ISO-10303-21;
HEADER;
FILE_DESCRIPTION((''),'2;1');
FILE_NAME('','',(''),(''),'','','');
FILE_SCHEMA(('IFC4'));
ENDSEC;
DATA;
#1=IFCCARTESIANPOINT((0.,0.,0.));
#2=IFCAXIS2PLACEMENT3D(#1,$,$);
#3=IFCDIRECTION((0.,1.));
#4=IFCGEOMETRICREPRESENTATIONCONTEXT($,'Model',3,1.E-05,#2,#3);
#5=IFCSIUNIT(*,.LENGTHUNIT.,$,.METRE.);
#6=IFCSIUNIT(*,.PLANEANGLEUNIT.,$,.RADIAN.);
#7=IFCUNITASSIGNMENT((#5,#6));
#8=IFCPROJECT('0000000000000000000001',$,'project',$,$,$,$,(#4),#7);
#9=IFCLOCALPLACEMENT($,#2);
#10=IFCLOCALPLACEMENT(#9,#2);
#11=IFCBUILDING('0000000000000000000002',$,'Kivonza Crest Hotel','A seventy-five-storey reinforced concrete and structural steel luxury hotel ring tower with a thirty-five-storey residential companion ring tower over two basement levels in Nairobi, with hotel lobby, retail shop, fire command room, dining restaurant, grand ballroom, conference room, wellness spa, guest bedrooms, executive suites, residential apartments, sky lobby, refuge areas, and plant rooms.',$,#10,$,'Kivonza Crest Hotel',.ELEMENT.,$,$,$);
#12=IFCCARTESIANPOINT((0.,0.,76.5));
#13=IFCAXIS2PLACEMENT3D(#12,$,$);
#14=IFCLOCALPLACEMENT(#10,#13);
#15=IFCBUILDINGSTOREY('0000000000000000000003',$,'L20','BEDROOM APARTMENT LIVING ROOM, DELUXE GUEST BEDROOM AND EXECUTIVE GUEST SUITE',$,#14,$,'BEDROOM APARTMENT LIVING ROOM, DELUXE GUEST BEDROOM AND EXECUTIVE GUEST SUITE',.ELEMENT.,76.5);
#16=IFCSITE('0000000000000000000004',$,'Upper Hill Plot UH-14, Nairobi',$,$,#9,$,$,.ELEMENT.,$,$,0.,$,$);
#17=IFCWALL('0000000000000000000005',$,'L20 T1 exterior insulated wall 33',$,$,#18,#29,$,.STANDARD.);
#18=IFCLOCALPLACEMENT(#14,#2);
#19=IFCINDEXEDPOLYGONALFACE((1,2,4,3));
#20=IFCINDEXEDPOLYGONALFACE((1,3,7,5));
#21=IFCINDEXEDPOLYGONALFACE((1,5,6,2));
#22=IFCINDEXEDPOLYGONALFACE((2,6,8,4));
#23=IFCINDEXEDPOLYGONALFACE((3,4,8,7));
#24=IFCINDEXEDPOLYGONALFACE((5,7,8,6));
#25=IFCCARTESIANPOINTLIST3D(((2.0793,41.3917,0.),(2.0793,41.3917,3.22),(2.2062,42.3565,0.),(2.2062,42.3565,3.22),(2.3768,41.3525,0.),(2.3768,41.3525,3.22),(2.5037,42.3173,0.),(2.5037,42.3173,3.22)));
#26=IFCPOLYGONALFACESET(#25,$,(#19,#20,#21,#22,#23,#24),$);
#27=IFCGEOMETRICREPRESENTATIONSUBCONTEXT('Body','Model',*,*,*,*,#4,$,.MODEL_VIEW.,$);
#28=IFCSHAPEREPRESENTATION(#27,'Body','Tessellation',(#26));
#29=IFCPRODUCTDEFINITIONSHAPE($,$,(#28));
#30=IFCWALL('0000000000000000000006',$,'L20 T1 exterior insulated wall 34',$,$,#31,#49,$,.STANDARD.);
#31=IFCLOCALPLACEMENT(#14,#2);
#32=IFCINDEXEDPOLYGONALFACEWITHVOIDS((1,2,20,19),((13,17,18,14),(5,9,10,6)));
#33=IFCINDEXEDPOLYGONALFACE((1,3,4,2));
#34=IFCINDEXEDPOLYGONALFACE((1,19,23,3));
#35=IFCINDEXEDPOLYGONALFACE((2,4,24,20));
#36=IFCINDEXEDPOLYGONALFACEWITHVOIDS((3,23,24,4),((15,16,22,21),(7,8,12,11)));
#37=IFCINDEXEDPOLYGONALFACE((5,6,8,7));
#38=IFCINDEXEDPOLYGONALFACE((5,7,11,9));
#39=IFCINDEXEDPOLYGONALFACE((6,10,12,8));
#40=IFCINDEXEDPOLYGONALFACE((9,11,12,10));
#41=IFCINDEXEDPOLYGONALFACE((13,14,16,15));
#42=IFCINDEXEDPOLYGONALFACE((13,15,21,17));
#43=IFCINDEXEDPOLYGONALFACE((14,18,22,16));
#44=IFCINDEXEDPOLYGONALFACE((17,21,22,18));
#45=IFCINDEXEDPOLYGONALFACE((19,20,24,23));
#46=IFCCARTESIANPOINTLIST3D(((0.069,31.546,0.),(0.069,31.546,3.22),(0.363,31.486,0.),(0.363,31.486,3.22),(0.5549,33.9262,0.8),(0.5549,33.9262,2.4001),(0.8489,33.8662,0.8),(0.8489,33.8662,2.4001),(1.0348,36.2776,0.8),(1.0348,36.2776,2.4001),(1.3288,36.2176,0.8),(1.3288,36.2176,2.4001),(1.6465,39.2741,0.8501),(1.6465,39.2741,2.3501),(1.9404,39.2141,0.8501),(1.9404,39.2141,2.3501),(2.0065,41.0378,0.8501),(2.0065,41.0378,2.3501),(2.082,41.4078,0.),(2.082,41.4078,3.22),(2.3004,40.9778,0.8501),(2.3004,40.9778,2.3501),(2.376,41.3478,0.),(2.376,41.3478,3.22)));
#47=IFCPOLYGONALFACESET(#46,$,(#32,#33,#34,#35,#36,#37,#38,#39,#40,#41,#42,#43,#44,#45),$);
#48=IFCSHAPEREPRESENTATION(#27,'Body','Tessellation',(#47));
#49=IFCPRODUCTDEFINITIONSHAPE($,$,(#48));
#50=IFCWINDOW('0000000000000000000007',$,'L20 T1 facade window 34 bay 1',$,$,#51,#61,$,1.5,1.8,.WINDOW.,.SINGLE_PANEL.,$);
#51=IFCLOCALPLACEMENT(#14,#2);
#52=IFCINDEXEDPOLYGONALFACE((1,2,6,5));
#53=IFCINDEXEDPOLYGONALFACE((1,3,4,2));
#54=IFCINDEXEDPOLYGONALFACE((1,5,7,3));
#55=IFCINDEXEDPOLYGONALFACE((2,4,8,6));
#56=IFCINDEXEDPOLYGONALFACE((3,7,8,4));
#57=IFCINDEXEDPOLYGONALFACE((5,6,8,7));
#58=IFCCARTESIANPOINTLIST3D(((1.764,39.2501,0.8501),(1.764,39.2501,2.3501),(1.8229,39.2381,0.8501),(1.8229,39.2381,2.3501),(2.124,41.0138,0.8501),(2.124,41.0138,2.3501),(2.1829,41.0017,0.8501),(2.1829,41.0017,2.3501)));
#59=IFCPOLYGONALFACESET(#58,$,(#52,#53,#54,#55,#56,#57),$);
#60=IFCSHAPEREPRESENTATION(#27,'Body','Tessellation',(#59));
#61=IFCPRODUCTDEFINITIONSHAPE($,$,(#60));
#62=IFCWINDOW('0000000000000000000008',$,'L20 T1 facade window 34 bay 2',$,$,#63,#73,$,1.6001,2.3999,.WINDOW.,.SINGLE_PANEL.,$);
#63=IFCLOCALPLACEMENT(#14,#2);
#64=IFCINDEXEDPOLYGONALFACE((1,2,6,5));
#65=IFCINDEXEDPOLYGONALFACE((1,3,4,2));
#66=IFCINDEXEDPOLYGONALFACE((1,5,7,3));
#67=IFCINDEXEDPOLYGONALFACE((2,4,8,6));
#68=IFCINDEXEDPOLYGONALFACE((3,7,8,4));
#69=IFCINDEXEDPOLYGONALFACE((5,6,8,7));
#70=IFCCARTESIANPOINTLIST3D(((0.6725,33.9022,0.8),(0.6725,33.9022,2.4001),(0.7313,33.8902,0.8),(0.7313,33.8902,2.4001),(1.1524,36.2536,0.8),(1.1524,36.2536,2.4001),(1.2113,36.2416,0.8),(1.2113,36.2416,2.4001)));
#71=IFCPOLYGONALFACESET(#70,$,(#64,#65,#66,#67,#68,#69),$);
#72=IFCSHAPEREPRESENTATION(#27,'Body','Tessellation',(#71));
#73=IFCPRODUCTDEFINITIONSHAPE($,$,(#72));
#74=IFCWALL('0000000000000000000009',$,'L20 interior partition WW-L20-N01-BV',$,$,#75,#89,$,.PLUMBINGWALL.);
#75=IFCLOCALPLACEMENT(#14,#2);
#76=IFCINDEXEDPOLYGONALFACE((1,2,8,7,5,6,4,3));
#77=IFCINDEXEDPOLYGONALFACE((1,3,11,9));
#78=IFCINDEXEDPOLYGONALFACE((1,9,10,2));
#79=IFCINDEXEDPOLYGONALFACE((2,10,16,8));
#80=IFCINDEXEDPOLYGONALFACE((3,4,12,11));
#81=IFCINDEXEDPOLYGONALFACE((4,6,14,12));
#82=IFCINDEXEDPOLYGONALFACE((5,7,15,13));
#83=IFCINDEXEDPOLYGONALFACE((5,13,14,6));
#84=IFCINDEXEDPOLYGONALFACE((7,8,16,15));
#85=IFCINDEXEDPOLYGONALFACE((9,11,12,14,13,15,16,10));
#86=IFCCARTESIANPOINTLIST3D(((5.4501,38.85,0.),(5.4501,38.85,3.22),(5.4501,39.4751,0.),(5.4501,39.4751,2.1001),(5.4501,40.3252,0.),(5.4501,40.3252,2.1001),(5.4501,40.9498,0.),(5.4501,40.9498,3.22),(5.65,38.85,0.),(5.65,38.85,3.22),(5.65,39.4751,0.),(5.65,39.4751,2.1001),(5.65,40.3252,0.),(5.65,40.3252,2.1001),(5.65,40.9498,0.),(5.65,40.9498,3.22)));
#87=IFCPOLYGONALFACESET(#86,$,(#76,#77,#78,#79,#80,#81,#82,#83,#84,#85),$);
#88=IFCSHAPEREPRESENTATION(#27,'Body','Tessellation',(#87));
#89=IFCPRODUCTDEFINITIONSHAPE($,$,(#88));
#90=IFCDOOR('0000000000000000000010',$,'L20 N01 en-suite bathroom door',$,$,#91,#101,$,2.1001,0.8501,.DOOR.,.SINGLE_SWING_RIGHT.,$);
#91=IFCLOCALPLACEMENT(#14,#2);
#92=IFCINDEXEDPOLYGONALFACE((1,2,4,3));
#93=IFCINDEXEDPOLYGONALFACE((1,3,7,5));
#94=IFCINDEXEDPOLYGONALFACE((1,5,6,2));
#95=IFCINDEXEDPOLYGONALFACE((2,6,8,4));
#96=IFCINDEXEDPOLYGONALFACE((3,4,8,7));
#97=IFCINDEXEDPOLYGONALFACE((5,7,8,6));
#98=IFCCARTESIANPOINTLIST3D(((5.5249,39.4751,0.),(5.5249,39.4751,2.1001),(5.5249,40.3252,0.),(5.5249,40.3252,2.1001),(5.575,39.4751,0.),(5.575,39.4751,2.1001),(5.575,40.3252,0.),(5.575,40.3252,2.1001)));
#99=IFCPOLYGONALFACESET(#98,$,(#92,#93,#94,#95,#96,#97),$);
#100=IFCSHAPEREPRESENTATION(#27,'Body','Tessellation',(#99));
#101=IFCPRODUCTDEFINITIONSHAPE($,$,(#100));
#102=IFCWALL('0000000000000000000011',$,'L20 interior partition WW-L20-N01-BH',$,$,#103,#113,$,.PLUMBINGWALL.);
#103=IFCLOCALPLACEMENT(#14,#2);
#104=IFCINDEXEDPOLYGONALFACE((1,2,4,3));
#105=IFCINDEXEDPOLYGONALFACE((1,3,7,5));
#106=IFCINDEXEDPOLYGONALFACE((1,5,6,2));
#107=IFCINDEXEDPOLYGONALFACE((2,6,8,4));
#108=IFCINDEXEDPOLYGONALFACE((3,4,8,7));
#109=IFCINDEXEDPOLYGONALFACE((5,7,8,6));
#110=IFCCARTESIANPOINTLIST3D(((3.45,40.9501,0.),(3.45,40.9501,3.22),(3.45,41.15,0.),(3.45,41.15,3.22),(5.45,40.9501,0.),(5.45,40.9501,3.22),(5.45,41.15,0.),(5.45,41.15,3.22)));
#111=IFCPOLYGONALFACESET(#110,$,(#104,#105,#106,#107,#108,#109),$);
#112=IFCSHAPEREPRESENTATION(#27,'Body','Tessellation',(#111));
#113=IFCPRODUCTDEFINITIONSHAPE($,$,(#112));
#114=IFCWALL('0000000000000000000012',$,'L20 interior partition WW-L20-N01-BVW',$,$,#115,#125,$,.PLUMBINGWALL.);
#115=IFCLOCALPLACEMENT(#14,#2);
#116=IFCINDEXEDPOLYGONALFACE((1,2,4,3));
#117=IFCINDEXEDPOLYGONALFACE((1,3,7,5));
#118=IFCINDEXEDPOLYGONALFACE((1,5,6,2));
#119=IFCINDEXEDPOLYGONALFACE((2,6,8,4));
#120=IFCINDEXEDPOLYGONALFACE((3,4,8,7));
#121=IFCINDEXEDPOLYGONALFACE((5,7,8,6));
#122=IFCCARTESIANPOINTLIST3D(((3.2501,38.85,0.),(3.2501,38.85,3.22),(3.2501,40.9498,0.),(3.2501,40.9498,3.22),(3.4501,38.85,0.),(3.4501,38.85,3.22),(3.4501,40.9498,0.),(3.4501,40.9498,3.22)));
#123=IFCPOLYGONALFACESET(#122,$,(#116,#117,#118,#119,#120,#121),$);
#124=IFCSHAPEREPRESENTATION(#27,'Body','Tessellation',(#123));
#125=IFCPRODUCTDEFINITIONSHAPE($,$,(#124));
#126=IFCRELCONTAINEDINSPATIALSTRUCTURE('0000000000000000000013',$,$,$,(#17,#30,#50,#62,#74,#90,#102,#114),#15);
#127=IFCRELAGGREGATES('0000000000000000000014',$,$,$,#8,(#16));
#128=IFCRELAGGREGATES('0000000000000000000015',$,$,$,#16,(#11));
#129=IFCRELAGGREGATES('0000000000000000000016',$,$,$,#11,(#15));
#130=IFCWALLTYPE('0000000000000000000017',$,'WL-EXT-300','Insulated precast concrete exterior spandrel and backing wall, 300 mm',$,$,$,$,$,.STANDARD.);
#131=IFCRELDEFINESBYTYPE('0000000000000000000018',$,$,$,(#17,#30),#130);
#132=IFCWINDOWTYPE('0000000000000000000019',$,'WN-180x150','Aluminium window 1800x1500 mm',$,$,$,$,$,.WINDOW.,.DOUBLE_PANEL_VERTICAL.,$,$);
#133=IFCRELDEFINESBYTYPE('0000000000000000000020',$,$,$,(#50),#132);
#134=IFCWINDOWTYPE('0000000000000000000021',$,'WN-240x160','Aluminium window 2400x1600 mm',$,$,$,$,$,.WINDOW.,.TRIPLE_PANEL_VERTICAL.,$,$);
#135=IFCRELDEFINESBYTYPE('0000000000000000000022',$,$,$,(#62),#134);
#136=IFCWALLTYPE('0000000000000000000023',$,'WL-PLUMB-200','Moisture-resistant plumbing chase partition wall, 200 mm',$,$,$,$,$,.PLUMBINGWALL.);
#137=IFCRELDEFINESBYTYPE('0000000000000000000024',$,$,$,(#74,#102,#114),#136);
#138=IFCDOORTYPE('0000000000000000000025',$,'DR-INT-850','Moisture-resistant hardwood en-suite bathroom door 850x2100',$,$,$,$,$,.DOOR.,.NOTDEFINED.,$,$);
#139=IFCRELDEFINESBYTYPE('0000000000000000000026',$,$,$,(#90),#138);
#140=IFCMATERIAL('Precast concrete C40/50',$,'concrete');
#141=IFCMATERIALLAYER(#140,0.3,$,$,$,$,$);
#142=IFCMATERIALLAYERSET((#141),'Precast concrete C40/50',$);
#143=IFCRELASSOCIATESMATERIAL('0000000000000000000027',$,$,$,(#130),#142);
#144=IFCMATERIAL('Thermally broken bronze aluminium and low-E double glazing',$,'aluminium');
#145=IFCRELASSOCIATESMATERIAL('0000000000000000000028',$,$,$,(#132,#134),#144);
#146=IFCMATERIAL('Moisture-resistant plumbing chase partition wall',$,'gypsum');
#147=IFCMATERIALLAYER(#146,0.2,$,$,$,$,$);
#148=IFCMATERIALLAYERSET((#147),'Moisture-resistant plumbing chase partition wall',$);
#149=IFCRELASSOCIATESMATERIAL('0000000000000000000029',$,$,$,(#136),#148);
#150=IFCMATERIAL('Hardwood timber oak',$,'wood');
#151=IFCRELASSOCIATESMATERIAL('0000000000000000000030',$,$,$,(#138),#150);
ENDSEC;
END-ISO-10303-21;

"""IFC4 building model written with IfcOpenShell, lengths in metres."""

from ifc_helpers import new_model, si_unit, direction, frame, frame_2d, origin, place, context, subcontext, project, spatial, rectangle, extrude, material, layer, layer_set, type_object, element, fill, save


model = new_model("IFC4")

# Units and contexts
model_context = context("Model", 3, precision=1e-05, world=origin(), true_north=direction((0.0, 1.0)))
body_context = subcontext(model_context, "Body", "Model", "MODEL_VIEW")
ifc_project = project(units=[si_unit("LENGTHUNIT", "METRE"), si_unit("PLANEANGLEUNIT", "RADIAN")], contexts=[model_context])

# Site, building, storey
site_placement = place(None, origin())
site = spatial("IfcSite", under=ifc_project, at=site_placement, Name="Upper Hill Plot UH-14, Nairobi", CompositionType="ELEMENT", RefElevation=0.0)
building_placement = place(site_placement, origin())
building = spatial("IfcBuilding", under=site, at=building_placement, Name="Kivonza Crest Hotel", Description="A seventy-five-storey reinforced concrete and structural steel luxury hotel ring tower with a thirty-five-storey residential companion ring tower over two basement levels in Nairobi, with hotel lobby, retail shop, fire command room, dining restaurant, grand ballroom, conference room, wellness spa, guest bedrooms, executive suites, residential apartments, sky lobby, refuge areas, and plant rooms.", LongName="Kivonza Crest Hotel", CompositionType="ELEMENT")
storey_placement = place(building_placement, frame((0.0, 0.0, 76.5)))
storey = spatial("IfcBuildingStorey", under=building, at=storey_placement, Name="L20", Description="BEDROOM APARTMENT LIVING ROOM, DELUXE GUEST BEDROOM AND EXECUTIVE GUEST SUITE", LongName="BEDROOM APARTMENT LIVING ROOM, DELUXE GUEST BEDROOM AND EXECUTIVE GUEST SUITE", CompositionType="ELEMENT", Elevation=76.5)

# Shared definitions
ifc_material_1 = material(Name="Hardwood timber oak", Category="wood")

# Wall
ifc_material_2 = material(Name="Precast concrete C40/50", Category="concrete")
ifc_layer_1 = layer(ifc_material_2, 0.3)
ifc_layer_set_1 = layer_set([ifc_layer_1], Name="Precast concrete C40/50")
wall_type_1 = type_object("IfcWallType", Name="WL-EXT-300", Description="Insulated precast concrete exterior spandrel and backing wall, 300 mm", PredefinedType="STANDARD", material=ifc_layer_set_1)
wall_1_placement = place(storey_placement, frame((2.355, 42.3369, 0.0), z_axis=(0.0, 0.0, 1.0), x_axis=(-0.130455, -0.991454, 0.0)))
element("IfcWall", 1, at=wall_1_placement, inside=storey, type_object=wall_type_1, Name="L20 T1 exterior insulated wall 33", PredefinedType="STANDARD", context=body_context, shape_type="SweptSolid", body=[
    extrude(rectangle(XDim=0.9731, YDim=0.3, at=frame_2d((0.4866, 0.0))), origin(), (0.0, 0.0, 1.0), 3.22),
])

# Wall, openings, windows
wall_2_placement = place(storey_placement, frame((2.229, 41.3779, 0.0), z_axis=(0.0, 0.0, 1.0), x_axis=(-0.199991, -0.979798, 0.0)))
wall_2 = element("IfcWall", 2, at=wall_2_placement, inside=storey, type_object=wall_type_1, Name="L20 T1 exterior insulated wall 34", PredefinedType="STANDARD", context=body_context, shape_type="SweptSolid", body=[
    extrude(rectangle(XDim=10.0652, YDim=0.3, at=frame_2d((5.0327, 0.0))), origin(), (0.0, 0.0, 1.0), 3.22),
])
opening_1_placement = place(wall_2_placement, frame((0.3779, 0.0, 0.8501)))
opening_1 = element("IfcOpeningElement", 3, at=opening_1_placement, cuts=wall_2, PredefinedType="OPENING", context=body_context, shape_type="SweptSolid", body=[
    extrude(rectangle(XDim=1.8, YDim=1.5, at=frame_2d((0.8999, 0.75))), frame((0.0, 0.1602, 0.0), z_axis=(0.0, -1.0, 0.0), x_axis=(1.0, 0.0, 0.0)), (0.0, 0.0, 1.0), 0.3201),
])
opening_2_placement = place(wall_2_placement, frame((5.2361, 0.0, 0.8)))
opening_2 = element("IfcOpeningElement", 4, at=opening_2_placement, cuts=wall_2, PredefinedType="OPENING", context=body_context, shape_type="SweptSolid", body=[
    extrude(rectangle(XDim=2.3999, YDim=1.6001, at=frame_2d((1.2, 0.8))), frame((0.0, 0.1602, 0.0), z_axis=(0.0, -1.0, 0.0), x_axis=(1.0, 0.0, 0.0)), (0.0, 0.0, 1.0), 0.3201),
])
ifc_material_3 = material(Name="Thermally broken bronze aluminium and low-E double glazing", Category="aluminium")
window_type_1 = type_object("IfcWindowType", Name="WN-180x150", Description="Aluminium window 1800x1500 mm", PartitioningType="DOUBLE_PANEL_VERTICAL", PredefinedType="WINDOW", material=ifc_material_3)
window_1_placement = place(opening_1_placement, origin())
window_1 = element("IfcWindow", 5, at=window_1_placement, inside=storey, type_object=window_type_1, Name="L20 T1 facade window 34 bay 1", OverallHeight=1.5, OverallWidth=1.8, PartitioningType="SINGLE_PANEL", PredefinedType="WINDOW", context=body_context, shape_type="SweptSolid", body=[
    extrude(rectangle(XDim=1.8, YDim=1.5, at=frame_2d((0.8999, 0.75))), frame((0.0, 0.03, 0.0), z_axis=(0.0, -1.0, 0.0), x_axis=(1.0, 0.0, 0.0)), (0.0, 0.0, 1.0), 0.0601),
])
fill(opening_1, window_1)
window_type_2 = type_object("IfcWindowType", Name="WN-240x160", Description="Aluminium window 2400x1600 mm", PartitioningType="TRIPLE_PANEL_VERTICAL", PredefinedType="WINDOW", material=ifc_material_3)
window_2_placement = place(opening_2_placement, origin())
window_2 = element("IfcWindow", 6, at=window_2_placement, inside=storey, type_object=window_type_2, Name="L20 T1 facade window 34 bay 2", OverallHeight=1.6001, OverallWidth=2.3999, PartitioningType="SINGLE_PANEL", PredefinedType="WINDOW", context=body_context, shape_type="SweptSolid", body=[
    extrude(rectangle(XDim=2.3999, YDim=1.6001, at=frame_2d((1.2, 0.8))), frame((0.0, 0.03, 0.0), z_axis=(0.0, -1.0, 0.0), x_axis=(1.0, 0.0, 0.0)), (0.0, 0.0, 1.0), 0.0601),
])
fill(opening_2, window_2)

# Wall, opening, door
ifc_material_4 = material(Name="Moisture-resistant plumbing chase partition wall", Category="gypsum")
ifc_layer_2 = layer(ifc_material_4, 0.2)
ifc_layer_set_2 = layer_set([ifc_layer_2], Name="Moisture-resistant plumbing chase partition wall")
wall_type_2 = type_object("IfcWallType", Name="WL-PLUMB-200", Description="Moisture-resistant plumbing chase partition wall, 200 mm", PredefinedType="PLUMBINGWALL", material=ifc_layer_set_2)
wall_3_placement = place(storey_placement, frame((5.55, 38.8501, 0.0), z_axis=(0.0, 0.0, 1.0), x_axis=(0.0, 1.0, 0.0)))
wall_3 = element("IfcWall", 7, at=wall_3_placement, inside=storey, type_object=wall_type_2, Name="L20 interior partition WW-L20-N01-BV", PredefinedType="PLUMBINGWALL", context=body_context, shape_type="SweptSolid", body=[
    extrude(rectangle(XDim=2.0999, YDim=0.2, at=frame_2d((1.0498, 0.0))), origin(), (0.0, 0.0, 1.0), 3.22),
])
opening_3_placement = place(wall_3_placement, frame((0.625, 0.0, 0.0)))
opening_3 = element("IfcOpeningElement", 8, at=opening_3_placement, cuts=wall_3, PredefinedType="OPENING", context=body_context, shape_type="SweptSolid", body=[
    extrude(rectangle(XDim=0.8501, YDim=2.1001, at=frame_2d((0.425, 1.05))), frame((0.0, 0.1099, 0.0), z_axis=(0.0, -1.0, 0.0), x_axis=(1.0, 0.0, 0.0)), (0.0, 0.0, 1.0), 0.22),
])
door_type_1 = type_object("IfcDoorType", Name="DR-INT-850", Description="Moisture-resistant hardwood en-suite bathroom door 850x2100", OperationType="NOTDEFINED", PredefinedType="DOOR", material=ifc_material_1)
door_1_placement = place(opening_3_placement, frame((0.8501, 0.0, 0.0), z_axis=(0.0, 0.0, 1.0), x_axis=(-1.0, 0.0, 0.0)))
door_1 = element("IfcDoor", 9, at=door_1_placement, inside=storey, type_object=door_type_1, Name="L20 N01 en-suite bathroom door", OperationType="SINGLE_SWING_RIGHT", OverallHeight=2.1001, OverallWidth=0.8501, PredefinedType="DOOR", context=body_context, shape_type="SweptSolid", body=[
    extrude(rectangle(XDim=0.8501, YDim=2.1001, at=frame_2d((0.425, 1.05))), frame((0.0, 0.0249, 0.0), z_axis=(0.0, -1.0, 0.0), x_axis=(1.0, 0.0, 0.0)), (0.0, 0.0, 1.0), 0.05),
])
fill(opening_3, door_1)

# Walls
wall_4_placement = place(storey_placement, frame((3.45, 41.05, 0.0), z_axis=(0.0, 0.0, 1.0), x_axis=(1.0, 0.0, 0.0)))
element("IfcWall", 10, at=wall_4_placement, inside=storey, type_object=wall_type_2, Name="L20 interior partition WW-L20-N01-BH", PredefinedType="PLUMBINGWALL", context=body_context, shape_type="SweptSolid", body=[
    extrude(rectangle(XDim=2.0, YDim=0.2, at=frame_2d((1.0, 0.0))), origin(), (0.0, 0.0, 1.0), 3.22),
])
wall_5_placement = place(storey_placement, frame((3.3501, 38.8501, 0.0), z_axis=(0.0, 0.0, 1.0), x_axis=(0.0, 1.0, 0.0)))
element("IfcWall", 11, at=wall_5_placement, inside=storey, type_object=wall_type_2, Name="L20 interior partition WW-L20-N01-BVW", PredefinedType="PLUMBINGWALL", context=body_context, shape_type="SweptSolid", body=[
    extrude(rectangle(XDim=2.0999, YDim=0.2, at=frame_2d((1.0498, 0.0))), origin(), (0.0, 0.0, 1.0), 3.22),
])

save(model, "model.ifc")
